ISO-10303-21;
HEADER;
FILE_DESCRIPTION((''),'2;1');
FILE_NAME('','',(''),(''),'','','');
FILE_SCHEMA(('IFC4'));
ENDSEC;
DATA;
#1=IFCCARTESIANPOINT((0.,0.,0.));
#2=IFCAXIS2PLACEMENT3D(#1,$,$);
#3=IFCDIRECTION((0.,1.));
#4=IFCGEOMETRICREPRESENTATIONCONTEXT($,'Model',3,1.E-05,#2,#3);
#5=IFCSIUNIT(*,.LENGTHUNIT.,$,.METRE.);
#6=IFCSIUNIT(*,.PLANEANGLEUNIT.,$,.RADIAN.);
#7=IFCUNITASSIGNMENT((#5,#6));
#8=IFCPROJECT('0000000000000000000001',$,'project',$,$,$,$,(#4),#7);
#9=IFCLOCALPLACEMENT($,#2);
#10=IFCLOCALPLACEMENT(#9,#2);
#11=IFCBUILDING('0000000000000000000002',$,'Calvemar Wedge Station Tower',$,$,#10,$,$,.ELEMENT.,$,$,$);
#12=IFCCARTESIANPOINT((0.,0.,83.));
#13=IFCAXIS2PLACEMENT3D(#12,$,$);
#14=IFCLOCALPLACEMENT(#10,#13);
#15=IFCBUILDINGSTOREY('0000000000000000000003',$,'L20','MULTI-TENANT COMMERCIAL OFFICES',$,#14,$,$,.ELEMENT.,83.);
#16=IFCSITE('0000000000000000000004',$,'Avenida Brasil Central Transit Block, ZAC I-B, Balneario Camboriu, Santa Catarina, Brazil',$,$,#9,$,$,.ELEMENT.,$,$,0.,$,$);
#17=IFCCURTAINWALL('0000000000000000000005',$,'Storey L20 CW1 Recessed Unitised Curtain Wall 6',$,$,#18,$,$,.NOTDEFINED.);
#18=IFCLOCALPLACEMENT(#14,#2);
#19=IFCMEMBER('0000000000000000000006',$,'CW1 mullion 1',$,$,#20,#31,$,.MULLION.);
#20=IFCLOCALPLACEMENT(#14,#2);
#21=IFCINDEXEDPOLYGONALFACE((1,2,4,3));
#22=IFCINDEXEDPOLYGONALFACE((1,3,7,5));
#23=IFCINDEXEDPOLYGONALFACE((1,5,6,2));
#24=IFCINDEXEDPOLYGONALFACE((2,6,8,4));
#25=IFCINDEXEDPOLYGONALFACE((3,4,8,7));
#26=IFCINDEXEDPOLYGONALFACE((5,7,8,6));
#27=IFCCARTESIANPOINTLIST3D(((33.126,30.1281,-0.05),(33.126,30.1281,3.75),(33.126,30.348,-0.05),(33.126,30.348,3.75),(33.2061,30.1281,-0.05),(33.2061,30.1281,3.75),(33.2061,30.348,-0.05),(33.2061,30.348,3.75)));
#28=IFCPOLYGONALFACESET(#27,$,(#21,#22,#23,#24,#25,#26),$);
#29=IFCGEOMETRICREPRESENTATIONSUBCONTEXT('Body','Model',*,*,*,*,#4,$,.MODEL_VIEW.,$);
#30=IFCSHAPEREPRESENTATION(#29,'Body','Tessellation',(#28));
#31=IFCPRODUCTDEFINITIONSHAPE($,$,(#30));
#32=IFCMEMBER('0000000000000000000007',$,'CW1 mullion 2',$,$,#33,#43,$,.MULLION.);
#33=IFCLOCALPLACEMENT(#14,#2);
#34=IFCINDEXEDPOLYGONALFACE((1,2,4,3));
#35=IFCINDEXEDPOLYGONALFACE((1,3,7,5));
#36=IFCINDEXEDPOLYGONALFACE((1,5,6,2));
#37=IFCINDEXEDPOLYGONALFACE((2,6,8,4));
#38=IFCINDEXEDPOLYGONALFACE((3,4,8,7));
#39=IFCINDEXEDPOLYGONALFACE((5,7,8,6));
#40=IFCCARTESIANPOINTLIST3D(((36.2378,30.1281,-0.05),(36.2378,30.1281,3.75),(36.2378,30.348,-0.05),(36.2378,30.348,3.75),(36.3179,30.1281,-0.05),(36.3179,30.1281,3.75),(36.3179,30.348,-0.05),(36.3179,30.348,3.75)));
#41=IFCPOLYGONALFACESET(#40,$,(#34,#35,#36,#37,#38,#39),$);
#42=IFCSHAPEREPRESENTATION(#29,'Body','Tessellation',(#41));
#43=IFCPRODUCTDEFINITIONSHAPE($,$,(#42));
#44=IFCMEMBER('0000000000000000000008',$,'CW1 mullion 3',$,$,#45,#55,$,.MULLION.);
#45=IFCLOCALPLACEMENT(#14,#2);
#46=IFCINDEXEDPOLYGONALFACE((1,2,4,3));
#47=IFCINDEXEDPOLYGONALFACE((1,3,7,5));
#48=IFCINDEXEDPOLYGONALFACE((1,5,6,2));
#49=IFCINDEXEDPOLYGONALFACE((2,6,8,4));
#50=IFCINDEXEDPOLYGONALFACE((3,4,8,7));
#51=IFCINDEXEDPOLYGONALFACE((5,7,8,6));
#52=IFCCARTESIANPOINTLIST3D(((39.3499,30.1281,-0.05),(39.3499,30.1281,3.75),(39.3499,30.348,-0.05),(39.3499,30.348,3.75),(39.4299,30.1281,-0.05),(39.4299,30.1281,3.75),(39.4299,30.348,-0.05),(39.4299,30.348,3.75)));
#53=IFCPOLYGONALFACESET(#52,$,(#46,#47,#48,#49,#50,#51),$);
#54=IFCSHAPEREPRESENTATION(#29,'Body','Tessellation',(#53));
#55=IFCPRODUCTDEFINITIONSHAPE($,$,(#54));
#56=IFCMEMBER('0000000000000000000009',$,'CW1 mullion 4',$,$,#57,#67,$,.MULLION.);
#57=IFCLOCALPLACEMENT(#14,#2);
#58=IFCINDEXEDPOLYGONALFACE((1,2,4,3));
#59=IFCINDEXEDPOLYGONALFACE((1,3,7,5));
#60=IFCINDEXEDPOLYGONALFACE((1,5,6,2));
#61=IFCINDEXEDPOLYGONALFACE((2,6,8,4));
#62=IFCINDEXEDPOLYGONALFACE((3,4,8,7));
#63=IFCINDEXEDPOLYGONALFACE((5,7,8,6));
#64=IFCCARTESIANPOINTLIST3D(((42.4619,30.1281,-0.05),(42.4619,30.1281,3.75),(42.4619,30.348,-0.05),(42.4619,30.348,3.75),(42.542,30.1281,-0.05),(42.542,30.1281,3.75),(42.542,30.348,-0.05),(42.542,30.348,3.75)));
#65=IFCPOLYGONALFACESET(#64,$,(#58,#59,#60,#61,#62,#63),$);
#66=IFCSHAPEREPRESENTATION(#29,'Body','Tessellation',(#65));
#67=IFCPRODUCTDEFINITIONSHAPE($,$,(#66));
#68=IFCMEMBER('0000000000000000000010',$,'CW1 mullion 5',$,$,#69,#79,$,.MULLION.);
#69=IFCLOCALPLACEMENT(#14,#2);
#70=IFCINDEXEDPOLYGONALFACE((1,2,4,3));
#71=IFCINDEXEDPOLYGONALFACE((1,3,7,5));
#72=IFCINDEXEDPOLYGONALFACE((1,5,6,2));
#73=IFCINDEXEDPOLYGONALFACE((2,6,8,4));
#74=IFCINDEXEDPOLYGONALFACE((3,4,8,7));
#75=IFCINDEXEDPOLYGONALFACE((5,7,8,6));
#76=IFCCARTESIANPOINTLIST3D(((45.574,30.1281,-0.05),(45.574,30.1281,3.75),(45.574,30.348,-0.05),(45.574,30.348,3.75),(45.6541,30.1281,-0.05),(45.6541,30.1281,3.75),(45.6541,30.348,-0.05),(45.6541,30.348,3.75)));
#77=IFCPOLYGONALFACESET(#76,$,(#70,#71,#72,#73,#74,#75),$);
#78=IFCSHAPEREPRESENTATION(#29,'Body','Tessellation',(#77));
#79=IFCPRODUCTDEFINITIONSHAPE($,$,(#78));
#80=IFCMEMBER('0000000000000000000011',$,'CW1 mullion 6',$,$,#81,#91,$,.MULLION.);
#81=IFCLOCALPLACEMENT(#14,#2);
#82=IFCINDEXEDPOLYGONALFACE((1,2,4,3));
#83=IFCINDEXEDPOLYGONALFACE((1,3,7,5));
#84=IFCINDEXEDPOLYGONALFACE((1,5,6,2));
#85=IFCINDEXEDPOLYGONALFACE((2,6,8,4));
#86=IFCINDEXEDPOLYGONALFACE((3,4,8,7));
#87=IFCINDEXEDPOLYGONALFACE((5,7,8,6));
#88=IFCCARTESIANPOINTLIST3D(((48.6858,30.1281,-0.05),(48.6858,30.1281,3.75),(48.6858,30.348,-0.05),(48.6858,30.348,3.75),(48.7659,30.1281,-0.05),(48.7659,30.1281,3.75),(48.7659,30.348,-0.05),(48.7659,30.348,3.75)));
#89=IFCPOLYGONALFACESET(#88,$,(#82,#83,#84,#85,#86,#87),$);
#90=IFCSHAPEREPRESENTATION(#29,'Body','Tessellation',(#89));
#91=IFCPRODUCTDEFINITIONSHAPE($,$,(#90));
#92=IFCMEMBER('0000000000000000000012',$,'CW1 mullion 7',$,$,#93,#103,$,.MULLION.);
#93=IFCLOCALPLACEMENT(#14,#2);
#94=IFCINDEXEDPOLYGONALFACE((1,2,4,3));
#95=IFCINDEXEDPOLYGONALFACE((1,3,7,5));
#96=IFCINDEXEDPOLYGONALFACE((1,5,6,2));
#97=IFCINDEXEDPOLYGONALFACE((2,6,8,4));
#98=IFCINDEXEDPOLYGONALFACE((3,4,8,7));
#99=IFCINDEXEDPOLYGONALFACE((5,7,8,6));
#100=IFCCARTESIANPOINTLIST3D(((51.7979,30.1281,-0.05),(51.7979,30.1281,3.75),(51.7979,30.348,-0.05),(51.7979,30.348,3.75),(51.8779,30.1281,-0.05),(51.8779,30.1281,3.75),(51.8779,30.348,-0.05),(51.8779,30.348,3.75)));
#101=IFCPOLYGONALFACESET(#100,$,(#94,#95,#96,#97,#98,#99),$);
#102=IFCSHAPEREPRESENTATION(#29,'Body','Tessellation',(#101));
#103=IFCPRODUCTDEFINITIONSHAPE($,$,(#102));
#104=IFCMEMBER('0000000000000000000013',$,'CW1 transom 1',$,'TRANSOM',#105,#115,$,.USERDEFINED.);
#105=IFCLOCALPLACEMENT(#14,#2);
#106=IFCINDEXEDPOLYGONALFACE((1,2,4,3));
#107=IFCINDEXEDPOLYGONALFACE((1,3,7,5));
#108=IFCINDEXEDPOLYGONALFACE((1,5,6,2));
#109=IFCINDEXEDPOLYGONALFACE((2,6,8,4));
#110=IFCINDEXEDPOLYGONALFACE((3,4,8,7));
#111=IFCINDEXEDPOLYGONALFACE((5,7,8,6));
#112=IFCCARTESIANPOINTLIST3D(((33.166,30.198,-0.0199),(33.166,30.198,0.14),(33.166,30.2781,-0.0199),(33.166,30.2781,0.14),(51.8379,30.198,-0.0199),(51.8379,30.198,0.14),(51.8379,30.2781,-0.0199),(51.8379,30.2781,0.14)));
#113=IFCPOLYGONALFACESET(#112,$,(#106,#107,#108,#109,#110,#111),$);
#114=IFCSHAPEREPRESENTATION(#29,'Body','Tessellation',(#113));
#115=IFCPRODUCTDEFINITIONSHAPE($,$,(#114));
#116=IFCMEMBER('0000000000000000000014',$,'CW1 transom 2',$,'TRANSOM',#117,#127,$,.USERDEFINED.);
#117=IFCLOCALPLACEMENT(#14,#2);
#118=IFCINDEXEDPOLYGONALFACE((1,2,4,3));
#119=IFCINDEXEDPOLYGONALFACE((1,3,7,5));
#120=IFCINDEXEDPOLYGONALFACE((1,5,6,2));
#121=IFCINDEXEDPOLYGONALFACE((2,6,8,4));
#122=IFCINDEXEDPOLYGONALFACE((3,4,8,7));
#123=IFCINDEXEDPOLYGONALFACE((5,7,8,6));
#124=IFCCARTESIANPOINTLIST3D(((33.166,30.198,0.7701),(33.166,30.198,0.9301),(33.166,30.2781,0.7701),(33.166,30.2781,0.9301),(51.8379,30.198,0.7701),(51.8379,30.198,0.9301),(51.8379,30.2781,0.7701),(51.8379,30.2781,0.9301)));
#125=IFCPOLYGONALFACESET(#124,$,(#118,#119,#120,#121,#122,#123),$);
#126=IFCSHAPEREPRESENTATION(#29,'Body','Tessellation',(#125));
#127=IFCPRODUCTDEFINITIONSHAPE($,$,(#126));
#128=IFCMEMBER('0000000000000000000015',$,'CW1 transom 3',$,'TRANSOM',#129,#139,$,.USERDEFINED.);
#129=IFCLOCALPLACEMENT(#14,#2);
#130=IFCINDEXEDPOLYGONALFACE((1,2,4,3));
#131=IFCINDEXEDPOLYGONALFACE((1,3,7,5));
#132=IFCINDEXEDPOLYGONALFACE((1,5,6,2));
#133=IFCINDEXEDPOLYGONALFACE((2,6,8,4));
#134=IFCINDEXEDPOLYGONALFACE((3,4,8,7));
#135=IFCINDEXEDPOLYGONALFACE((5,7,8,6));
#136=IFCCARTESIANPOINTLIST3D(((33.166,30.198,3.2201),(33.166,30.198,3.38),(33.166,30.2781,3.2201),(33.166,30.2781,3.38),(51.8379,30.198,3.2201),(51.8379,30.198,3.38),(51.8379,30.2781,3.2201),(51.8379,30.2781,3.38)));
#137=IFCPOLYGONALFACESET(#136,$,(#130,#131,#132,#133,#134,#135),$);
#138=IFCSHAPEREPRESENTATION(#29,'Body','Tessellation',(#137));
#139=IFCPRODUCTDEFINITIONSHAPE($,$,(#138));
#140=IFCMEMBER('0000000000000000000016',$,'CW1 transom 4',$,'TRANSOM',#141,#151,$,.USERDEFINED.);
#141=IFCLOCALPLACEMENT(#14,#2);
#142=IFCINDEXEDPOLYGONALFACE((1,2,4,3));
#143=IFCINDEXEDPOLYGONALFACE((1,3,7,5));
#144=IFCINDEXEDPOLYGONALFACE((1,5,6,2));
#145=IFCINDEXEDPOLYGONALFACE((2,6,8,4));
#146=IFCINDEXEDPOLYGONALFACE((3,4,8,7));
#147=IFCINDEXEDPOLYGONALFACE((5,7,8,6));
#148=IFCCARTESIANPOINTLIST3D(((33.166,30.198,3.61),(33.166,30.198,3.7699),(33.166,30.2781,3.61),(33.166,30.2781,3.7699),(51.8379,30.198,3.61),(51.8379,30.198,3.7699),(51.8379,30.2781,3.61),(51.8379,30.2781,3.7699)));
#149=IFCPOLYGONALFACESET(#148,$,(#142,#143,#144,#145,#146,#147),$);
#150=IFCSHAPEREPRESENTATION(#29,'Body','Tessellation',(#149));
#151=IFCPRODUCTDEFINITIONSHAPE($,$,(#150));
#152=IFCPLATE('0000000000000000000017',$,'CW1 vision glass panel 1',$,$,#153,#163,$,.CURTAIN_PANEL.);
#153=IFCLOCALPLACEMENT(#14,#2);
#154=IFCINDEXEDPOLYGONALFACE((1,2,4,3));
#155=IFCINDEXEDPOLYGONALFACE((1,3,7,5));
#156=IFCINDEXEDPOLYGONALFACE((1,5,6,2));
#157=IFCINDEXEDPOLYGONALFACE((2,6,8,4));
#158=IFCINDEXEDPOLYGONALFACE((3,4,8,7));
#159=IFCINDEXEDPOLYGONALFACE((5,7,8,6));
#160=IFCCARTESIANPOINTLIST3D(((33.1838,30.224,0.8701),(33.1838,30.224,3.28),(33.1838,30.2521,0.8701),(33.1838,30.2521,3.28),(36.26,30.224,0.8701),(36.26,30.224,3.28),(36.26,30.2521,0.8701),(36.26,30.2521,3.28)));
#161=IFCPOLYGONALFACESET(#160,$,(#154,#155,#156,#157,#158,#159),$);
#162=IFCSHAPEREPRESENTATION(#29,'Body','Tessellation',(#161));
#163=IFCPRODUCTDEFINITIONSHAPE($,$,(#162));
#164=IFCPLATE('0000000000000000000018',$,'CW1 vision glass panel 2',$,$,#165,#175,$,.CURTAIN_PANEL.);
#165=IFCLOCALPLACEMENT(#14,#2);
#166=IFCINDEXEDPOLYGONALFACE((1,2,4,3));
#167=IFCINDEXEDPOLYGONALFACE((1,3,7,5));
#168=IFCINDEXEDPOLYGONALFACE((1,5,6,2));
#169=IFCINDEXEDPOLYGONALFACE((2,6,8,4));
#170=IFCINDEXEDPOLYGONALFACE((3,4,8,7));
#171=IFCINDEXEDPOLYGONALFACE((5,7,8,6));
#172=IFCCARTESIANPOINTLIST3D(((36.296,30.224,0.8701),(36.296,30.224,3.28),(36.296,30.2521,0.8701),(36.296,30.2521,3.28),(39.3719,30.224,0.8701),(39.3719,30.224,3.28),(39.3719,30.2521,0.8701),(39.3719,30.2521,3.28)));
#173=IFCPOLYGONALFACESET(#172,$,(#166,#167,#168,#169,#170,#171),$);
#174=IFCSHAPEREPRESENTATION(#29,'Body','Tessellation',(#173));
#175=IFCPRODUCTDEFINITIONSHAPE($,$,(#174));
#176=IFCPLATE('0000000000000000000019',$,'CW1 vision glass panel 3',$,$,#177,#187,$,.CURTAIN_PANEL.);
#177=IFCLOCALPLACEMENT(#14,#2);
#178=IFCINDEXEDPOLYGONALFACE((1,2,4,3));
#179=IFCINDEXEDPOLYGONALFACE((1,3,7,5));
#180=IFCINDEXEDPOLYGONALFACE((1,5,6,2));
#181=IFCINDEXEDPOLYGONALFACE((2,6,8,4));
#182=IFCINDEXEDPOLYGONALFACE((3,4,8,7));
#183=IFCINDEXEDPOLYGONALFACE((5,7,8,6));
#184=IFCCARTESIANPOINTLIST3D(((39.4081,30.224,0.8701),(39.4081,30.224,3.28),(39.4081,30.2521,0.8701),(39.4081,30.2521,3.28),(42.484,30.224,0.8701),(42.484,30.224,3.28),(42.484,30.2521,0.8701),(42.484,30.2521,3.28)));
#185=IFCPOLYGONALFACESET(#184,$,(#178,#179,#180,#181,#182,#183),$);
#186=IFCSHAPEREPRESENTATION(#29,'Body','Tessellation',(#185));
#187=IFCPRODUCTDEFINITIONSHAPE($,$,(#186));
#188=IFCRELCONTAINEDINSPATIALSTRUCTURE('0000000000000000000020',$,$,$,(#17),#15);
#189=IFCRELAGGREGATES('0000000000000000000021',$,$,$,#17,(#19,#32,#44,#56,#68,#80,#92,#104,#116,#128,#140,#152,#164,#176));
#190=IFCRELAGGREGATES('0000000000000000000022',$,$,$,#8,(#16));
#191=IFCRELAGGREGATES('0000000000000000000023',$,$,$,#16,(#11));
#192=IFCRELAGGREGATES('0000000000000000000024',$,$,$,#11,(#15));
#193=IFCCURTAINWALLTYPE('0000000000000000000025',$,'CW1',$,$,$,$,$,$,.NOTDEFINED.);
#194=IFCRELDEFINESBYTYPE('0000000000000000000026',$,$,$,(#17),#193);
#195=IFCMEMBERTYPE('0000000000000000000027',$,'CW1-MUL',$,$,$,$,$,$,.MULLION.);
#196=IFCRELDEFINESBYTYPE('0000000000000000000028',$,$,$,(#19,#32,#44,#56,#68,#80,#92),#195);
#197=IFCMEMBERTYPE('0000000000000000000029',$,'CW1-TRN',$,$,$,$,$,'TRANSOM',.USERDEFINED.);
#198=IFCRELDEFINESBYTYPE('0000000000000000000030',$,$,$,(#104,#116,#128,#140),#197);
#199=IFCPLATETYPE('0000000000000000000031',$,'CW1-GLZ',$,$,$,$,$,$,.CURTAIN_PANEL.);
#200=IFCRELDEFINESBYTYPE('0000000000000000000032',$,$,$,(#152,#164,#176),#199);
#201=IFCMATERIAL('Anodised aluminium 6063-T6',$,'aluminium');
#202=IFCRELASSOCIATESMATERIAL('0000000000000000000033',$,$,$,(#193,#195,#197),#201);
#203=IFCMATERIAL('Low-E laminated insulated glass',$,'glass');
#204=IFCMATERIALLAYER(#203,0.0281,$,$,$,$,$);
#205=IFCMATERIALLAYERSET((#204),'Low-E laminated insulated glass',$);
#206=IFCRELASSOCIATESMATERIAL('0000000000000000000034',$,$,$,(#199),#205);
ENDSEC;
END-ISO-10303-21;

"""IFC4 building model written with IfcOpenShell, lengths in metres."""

from ifc_helpers import new_model, si_unit, direction, frame, frame_2d, origin, origin_2d, place, context, subcontext, project, spatial, rectangle, extrude, source, transform, mapped, material, layer, layer_set, material_profile, profile_set, type_object, element, aggregate, save


model = new_model("IFC4")

# Units and contexts
model_context = context("Model", 3, precision=1e-05, world=origin(), true_north=direction((0.0, 1.0)))
body_context = subcontext(model_context, "Body", "Model", "MODEL_VIEW")
ifc_project = project(units=[si_unit("LENGTHUNIT", "METRE"), si_unit("PLANEANGLEUNIT", "RADIAN")], contexts=[model_context])

# Site, building, storey
site_placement = place(None, origin())
site = spatial("IfcSite", under=ifc_project, at=site_placement, Name="Avenida Brasil Central Transit Block, ZAC I-B, Balneario Camboriu, Santa Catarina, Brazil", CompositionType="ELEMENT", RefElevation=0.0)
building_placement = place(site_placement, origin())
building = spatial("IfcBuilding", under=site, at=building_placement, Name="Calvemar Wedge Station Tower", CompositionType="ELEMENT")
storey_placement = place(building_placement, frame((0.0, 0.0, 83.0)))
storey = spatial("IfcBuildingStorey", under=building, at=storey_placement, Name="L20", Description="MULTI-TENANT COMMERCIAL OFFICES", CompositionType="ELEMENT", Elevation=83.0)

# Curtain wall, members, plates
ifc_material_1 = material(Name="Anodised aluminium 6063-T6", Category="aluminium")
curtain_wall_type = type_object("IfcCurtainWallType", Name="CW1", PredefinedType="NOTDEFINED", material=ifc_material_1)
curtain_wall_placement = place(storey_placement, origin())
curtain_wall = element("IfcCurtainWall", 1, at=curtain_wall_placement, inside=storey, type_object=curtain_wall_type, Name="Storey L20 CW1 Recessed Unitised Curtain Wall 6", PredefinedType="NOTDEFINED")
ifc_material_profile_1 = material_profile(ifc_material_1, rectangle(XDim=0.0801, YDim=0.22, at=origin_2d()), Name="AL-MUL-80x220")
ifc_profile_set_1 = profile_set([ifc_material_profile_1], Name="Anodised aluminium 6063-T6")
member_type_1 = type_object("IfcMemberType", Name="CW1-MUL", PredefinedType="MULLION", material=ifc_profile_set_1)
shared_shape_1 = source(origin(), body_context, "Body", "SweptSolid", [
    extrude(rectangle(XDim=0.0801, YDim=0.22, at=origin_2d()), origin(), (0.0, 0.0, 1.0), 3.8),
])
member_1_placement = place(storey_placement, frame((33.166, 30.238, -0.05), z_axis=(0.0, 0.0, 1.0), x_axis=(1.0, 0.0, 0.0)))
member_1 = element("IfcMember", 2, at=member_1_placement, type_object=member_type_1, Name="CW1 mullion 1", PredefinedType="MULLION", context=body_context, shape_type="MappedRepresentation", body=[
    mapped(shared_shape_1, transform((0.0, 0.0, 0.0), scale=1.0)),
])
member_2_placement = place(storey_placement, frame((36.2778, 30.238, -0.05), z_axis=(0.0, 0.0, 1.0), x_axis=(1.0, 0.0, 0.0)))
member_2 = element("IfcMember", 3, at=member_2_placement, type_object=member_type_1, Name="CW1 mullion 2", PredefinedType="MULLION", context=body_context, shape_type="MappedRepresentation", body=[
    mapped(shared_shape_1, transform((0.0, 0.0, 0.0), scale=1.0)),
])
member_3_placement = place(storey_placement, frame((39.3899, 30.238, -0.05), z_axis=(0.0, 0.0, 1.0), x_axis=(1.0, 0.0, 0.0)))
member_3 = element("IfcMember", 4, at=member_3_placement, type_object=member_type_1, Name="CW1 mullion 3", PredefinedType="MULLION", context=body_context, shape_type="MappedRepresentation", body=[
    mapped(shared_shape_1, transform((0.0, 0.0, 0.0), scale=1.0)),
])
member_4_placement = place(storey_placement, frame((42.502, 30.238, -0.05), z_axis=(0.0, 0.0, 1.0), x_axis=(1.0, 0.0, 0.0)))
member_4 = element("IfcMember", 5, at=member_4_placement, type_object=member_type_1, Name="CW1 mullion 4", PredefinedType="MULLION", context=body_context, shape_type="MappedRepresentation", body=[
    mapped(shared_shape_1, transform((0.0, 0.0, 0.0), scale=1.0)),
])
member_5_placement = place(storey_placement, frame((45.614, 30.238, -0.05), z_axis=(0.0, 0.0, 1.0), x_axis=(1.0, 0.0, 0.0)))
member_5 = element("IfcMember", 6, at=member_5_placement, type_object=member_type_1, Name="CW1 mullion 5", PredefinedType="MULLION", context=body_context, shape_type="MappedRepresentation", body=[
    mapped(shared_shape_1, transform((0.0, 0.0, 0.0), scale=1.0)),
])
member_6_placement = place(storey_placement, frame((48.7258, 30.238, -0.05), z_axis=(0.0, 0.0, 1.0), x_axis=(1.0, 0.0, 0.0)))
member_6 = element("IfcMember", 7, at=member_6_placement, type_object=member_type_1, Name="CW1 mullion 6", PredefinedType="MULLION", context=body_context, shape_type="MappedRepresentation", body=[
    mapped(shared_shape_1, transform((0.0, 0.0, 0.0), scale=1.0)),
])
member_7_placement = place(storey_placement, frame((51.8379, 30.238, -0.05), z_axis=(0.0, 0.0, 1.0), x_axis=(1.0, 0.0, 0.0)))
member_7 = element("IfcMember", 8, at=member_7_placement, type_object=member_type_1, Name="CW1 mullion 7", PredefinedType="MULLION", context=body_context, shape_type="MappedRepresentation", body=[
    mapped(shared_shape_1, transform((0.0, 0.0, 0.0), scale=1.0)),
])
ifc_material_profile_2 = material_profile(ifc_material_1, rectangle(XDim=0.0801, YDim=0.1599, at=origin_2d()), Name="AL-TRN-80x160")
ifc_profile_set_2 = profile_set([ifc_material_profile_2], Name="Anodised aluminium 6063-T6")
member_type_2 = type_object("IfcMemberType", Name="CW1-TRN", ElementType="TRANSOM", PredefinedType="USERDEFINED", material=ifc_profile_set_2)
shared_shape_2 = source(origin(), body_context, "Body", "SweptSolid", [
    extrude(rectangle(XDim=0.0801, YDim=0.1599, at=origin_2d()), origin(), (0.0, 0.0, 1.0), 18.6719),
])
member_8_placement = place(storey_placement, frame((33.166, 30.238, 0.0601), z_axis=(1.0, 0.0, 0.0), x_axis=(0.0, 1.0, 0.0)))
member_8 = element("IfcMember", 9, at=member_8_placement, type_object=member_type_2, Name="CW1 transom 1", ObjectType="TRANSOM", PredefinedType="USERDEFINED", context=body_context, shape_type="MappedRepresentation", body=[
    mapped(shared_shape_2, transform((0.0, 0.0, 0.0), scale=1.0)),
])
member_9_placement = place(storey_placement, frame((33.166, 30.238, 0.8501), z_axis=(1.0, 0.0, 0.0), x_axis=(0.0, 1.0, 0.0)))
member_9 = element("IfcMember", 10, at=member_9_placement, type_object=member_type_2, Name="CW1 transom 2", ObjectType="TRANSOM", PredefinedType="USERDEFINED", context=body_context, shape_type="MappedRepresentation", body=[
    mapped(shared_shape_2, transform((0.0, 0.0, 0.0), scale=1.0)),
])
member_10_placement = place(storey_placement, frame((33.166, 30.238, 3.3), z_axis=(1.0, 0.0, 0.0), x_axis=(0.0, 1.0, 0.0)))
member_10 = element("IfcMember", 11, at=member_10_placement, type_object=member_type_2, Name="CW1 transom 3", ObjectType="TRANSOM", PredefinedType="USERDEFINED", context=body_context, shape_type="MappedRepresentation", body=[
    mapped(shared_shape_2, transform((0.0, 0.0, 0.0), scale=1.0)),
])
member_11_placement = place(storey_placement, frame((33.166, 30.238, 3.6899), z_axis=(1.0, 0.0, 0.0), x_axis=(0.0, 1.0, 0.0)))
member_11 = element("IfcMember", 12, at=member_11_placement, type_object=member_type_2, Name="CW1 transom 4", ObjectType="TRANSOM", PredefinedType="USERDEFINED", context=body_context, shape_type="MappedRepresentation", body=[
    mapped(shared_shape_2, transform((0.0, 0.0, 0.0), scale=1.0)),
])
ifc_material_2 = material(Name="Low-E laminated insulated glass", Category="glass")
ifc_layer_1 = layer(ifc_material_2, 0.0281)
ifc_layer_set_1 = layer_set([ifc_layer_1], Name="Low-E laminated insulated glass")
plate_type_1 = type_object("IfcPlateType", Name="CW1-GLZ", PredefinedType="CURTAIN_PANEL", material=ifc_layer_set_1)
plate_1_placement = place(storey_placement, frame((33.1838, 30.238, 0.8701), z_axis=(0.0, 0.0, 1.0), x_axis=(1.0, 0.0, 0.0)))
plate_1 = element("IfcPlate", 13, at=plate_1_placement, type_object=plate_type_1, Name="CW1 vision glass panel 1", PredefinedType="CURTAIN_PANEL", context=body_context, shape_type="SweptSolid", body=[
    extrude(rectangle(XDim=3.0762, YDim=0.0281, at=frame_2d((1.5381, 0.0))), origin(), (0.0, 0.0, 1.0), 2.4099),
])
plate_2_placement = place(storey_placement, frame((36.2959, 30.238, 0.8701), z_axis=(0.0, 0.0, 1.0), x_axis=(1.0, 0.0, 0.0)))
plate_2 = element("IfcPlate", 14, at=plate_2_placement, type_object=plate_type_1, Name="CW1 vision glass panel 2", PredefinedType="CURTAIN_PANEL", context=body_context, shape_type="SweptSolid", body=[
    extrude(rectangle(XDim=3.0759, YDim=0.0281, at=frame_2d((1.5381, 0.0))), origin(), (0.0, 0.0, 1.0), 2.4099),
])
plate_3_placement = place(storey_placement, frame((39.408, 30.238, 0.8701), z_axis=(0.0, 0.0, 1.0), x_axis=(1.0, 0.0, 0.0)))
plate_3 = element("IfcPlate", 15, at=plate_3_placement, type_object=plate_type_1, Name="CW1 vision glass panel 3", PredefinedType="CURTAIN_PANEL", context=body_context, shape_type="SweptSolid", body=[
    extrude(rectangle(XDim=3.0759, YDim=0.0281, at=frame_2d((1.5381, 0.0))), origin(), (0.0, 0.0, 1.0), 2.4099),
])
aggregate(curtain_wall, [member_1, member_2, member_3, member_4, member_5, member_6, member_7, member_8, member_9, member_10, member_11, plate_1, plate_2, plate_3])

save(model, "model.ifc")
